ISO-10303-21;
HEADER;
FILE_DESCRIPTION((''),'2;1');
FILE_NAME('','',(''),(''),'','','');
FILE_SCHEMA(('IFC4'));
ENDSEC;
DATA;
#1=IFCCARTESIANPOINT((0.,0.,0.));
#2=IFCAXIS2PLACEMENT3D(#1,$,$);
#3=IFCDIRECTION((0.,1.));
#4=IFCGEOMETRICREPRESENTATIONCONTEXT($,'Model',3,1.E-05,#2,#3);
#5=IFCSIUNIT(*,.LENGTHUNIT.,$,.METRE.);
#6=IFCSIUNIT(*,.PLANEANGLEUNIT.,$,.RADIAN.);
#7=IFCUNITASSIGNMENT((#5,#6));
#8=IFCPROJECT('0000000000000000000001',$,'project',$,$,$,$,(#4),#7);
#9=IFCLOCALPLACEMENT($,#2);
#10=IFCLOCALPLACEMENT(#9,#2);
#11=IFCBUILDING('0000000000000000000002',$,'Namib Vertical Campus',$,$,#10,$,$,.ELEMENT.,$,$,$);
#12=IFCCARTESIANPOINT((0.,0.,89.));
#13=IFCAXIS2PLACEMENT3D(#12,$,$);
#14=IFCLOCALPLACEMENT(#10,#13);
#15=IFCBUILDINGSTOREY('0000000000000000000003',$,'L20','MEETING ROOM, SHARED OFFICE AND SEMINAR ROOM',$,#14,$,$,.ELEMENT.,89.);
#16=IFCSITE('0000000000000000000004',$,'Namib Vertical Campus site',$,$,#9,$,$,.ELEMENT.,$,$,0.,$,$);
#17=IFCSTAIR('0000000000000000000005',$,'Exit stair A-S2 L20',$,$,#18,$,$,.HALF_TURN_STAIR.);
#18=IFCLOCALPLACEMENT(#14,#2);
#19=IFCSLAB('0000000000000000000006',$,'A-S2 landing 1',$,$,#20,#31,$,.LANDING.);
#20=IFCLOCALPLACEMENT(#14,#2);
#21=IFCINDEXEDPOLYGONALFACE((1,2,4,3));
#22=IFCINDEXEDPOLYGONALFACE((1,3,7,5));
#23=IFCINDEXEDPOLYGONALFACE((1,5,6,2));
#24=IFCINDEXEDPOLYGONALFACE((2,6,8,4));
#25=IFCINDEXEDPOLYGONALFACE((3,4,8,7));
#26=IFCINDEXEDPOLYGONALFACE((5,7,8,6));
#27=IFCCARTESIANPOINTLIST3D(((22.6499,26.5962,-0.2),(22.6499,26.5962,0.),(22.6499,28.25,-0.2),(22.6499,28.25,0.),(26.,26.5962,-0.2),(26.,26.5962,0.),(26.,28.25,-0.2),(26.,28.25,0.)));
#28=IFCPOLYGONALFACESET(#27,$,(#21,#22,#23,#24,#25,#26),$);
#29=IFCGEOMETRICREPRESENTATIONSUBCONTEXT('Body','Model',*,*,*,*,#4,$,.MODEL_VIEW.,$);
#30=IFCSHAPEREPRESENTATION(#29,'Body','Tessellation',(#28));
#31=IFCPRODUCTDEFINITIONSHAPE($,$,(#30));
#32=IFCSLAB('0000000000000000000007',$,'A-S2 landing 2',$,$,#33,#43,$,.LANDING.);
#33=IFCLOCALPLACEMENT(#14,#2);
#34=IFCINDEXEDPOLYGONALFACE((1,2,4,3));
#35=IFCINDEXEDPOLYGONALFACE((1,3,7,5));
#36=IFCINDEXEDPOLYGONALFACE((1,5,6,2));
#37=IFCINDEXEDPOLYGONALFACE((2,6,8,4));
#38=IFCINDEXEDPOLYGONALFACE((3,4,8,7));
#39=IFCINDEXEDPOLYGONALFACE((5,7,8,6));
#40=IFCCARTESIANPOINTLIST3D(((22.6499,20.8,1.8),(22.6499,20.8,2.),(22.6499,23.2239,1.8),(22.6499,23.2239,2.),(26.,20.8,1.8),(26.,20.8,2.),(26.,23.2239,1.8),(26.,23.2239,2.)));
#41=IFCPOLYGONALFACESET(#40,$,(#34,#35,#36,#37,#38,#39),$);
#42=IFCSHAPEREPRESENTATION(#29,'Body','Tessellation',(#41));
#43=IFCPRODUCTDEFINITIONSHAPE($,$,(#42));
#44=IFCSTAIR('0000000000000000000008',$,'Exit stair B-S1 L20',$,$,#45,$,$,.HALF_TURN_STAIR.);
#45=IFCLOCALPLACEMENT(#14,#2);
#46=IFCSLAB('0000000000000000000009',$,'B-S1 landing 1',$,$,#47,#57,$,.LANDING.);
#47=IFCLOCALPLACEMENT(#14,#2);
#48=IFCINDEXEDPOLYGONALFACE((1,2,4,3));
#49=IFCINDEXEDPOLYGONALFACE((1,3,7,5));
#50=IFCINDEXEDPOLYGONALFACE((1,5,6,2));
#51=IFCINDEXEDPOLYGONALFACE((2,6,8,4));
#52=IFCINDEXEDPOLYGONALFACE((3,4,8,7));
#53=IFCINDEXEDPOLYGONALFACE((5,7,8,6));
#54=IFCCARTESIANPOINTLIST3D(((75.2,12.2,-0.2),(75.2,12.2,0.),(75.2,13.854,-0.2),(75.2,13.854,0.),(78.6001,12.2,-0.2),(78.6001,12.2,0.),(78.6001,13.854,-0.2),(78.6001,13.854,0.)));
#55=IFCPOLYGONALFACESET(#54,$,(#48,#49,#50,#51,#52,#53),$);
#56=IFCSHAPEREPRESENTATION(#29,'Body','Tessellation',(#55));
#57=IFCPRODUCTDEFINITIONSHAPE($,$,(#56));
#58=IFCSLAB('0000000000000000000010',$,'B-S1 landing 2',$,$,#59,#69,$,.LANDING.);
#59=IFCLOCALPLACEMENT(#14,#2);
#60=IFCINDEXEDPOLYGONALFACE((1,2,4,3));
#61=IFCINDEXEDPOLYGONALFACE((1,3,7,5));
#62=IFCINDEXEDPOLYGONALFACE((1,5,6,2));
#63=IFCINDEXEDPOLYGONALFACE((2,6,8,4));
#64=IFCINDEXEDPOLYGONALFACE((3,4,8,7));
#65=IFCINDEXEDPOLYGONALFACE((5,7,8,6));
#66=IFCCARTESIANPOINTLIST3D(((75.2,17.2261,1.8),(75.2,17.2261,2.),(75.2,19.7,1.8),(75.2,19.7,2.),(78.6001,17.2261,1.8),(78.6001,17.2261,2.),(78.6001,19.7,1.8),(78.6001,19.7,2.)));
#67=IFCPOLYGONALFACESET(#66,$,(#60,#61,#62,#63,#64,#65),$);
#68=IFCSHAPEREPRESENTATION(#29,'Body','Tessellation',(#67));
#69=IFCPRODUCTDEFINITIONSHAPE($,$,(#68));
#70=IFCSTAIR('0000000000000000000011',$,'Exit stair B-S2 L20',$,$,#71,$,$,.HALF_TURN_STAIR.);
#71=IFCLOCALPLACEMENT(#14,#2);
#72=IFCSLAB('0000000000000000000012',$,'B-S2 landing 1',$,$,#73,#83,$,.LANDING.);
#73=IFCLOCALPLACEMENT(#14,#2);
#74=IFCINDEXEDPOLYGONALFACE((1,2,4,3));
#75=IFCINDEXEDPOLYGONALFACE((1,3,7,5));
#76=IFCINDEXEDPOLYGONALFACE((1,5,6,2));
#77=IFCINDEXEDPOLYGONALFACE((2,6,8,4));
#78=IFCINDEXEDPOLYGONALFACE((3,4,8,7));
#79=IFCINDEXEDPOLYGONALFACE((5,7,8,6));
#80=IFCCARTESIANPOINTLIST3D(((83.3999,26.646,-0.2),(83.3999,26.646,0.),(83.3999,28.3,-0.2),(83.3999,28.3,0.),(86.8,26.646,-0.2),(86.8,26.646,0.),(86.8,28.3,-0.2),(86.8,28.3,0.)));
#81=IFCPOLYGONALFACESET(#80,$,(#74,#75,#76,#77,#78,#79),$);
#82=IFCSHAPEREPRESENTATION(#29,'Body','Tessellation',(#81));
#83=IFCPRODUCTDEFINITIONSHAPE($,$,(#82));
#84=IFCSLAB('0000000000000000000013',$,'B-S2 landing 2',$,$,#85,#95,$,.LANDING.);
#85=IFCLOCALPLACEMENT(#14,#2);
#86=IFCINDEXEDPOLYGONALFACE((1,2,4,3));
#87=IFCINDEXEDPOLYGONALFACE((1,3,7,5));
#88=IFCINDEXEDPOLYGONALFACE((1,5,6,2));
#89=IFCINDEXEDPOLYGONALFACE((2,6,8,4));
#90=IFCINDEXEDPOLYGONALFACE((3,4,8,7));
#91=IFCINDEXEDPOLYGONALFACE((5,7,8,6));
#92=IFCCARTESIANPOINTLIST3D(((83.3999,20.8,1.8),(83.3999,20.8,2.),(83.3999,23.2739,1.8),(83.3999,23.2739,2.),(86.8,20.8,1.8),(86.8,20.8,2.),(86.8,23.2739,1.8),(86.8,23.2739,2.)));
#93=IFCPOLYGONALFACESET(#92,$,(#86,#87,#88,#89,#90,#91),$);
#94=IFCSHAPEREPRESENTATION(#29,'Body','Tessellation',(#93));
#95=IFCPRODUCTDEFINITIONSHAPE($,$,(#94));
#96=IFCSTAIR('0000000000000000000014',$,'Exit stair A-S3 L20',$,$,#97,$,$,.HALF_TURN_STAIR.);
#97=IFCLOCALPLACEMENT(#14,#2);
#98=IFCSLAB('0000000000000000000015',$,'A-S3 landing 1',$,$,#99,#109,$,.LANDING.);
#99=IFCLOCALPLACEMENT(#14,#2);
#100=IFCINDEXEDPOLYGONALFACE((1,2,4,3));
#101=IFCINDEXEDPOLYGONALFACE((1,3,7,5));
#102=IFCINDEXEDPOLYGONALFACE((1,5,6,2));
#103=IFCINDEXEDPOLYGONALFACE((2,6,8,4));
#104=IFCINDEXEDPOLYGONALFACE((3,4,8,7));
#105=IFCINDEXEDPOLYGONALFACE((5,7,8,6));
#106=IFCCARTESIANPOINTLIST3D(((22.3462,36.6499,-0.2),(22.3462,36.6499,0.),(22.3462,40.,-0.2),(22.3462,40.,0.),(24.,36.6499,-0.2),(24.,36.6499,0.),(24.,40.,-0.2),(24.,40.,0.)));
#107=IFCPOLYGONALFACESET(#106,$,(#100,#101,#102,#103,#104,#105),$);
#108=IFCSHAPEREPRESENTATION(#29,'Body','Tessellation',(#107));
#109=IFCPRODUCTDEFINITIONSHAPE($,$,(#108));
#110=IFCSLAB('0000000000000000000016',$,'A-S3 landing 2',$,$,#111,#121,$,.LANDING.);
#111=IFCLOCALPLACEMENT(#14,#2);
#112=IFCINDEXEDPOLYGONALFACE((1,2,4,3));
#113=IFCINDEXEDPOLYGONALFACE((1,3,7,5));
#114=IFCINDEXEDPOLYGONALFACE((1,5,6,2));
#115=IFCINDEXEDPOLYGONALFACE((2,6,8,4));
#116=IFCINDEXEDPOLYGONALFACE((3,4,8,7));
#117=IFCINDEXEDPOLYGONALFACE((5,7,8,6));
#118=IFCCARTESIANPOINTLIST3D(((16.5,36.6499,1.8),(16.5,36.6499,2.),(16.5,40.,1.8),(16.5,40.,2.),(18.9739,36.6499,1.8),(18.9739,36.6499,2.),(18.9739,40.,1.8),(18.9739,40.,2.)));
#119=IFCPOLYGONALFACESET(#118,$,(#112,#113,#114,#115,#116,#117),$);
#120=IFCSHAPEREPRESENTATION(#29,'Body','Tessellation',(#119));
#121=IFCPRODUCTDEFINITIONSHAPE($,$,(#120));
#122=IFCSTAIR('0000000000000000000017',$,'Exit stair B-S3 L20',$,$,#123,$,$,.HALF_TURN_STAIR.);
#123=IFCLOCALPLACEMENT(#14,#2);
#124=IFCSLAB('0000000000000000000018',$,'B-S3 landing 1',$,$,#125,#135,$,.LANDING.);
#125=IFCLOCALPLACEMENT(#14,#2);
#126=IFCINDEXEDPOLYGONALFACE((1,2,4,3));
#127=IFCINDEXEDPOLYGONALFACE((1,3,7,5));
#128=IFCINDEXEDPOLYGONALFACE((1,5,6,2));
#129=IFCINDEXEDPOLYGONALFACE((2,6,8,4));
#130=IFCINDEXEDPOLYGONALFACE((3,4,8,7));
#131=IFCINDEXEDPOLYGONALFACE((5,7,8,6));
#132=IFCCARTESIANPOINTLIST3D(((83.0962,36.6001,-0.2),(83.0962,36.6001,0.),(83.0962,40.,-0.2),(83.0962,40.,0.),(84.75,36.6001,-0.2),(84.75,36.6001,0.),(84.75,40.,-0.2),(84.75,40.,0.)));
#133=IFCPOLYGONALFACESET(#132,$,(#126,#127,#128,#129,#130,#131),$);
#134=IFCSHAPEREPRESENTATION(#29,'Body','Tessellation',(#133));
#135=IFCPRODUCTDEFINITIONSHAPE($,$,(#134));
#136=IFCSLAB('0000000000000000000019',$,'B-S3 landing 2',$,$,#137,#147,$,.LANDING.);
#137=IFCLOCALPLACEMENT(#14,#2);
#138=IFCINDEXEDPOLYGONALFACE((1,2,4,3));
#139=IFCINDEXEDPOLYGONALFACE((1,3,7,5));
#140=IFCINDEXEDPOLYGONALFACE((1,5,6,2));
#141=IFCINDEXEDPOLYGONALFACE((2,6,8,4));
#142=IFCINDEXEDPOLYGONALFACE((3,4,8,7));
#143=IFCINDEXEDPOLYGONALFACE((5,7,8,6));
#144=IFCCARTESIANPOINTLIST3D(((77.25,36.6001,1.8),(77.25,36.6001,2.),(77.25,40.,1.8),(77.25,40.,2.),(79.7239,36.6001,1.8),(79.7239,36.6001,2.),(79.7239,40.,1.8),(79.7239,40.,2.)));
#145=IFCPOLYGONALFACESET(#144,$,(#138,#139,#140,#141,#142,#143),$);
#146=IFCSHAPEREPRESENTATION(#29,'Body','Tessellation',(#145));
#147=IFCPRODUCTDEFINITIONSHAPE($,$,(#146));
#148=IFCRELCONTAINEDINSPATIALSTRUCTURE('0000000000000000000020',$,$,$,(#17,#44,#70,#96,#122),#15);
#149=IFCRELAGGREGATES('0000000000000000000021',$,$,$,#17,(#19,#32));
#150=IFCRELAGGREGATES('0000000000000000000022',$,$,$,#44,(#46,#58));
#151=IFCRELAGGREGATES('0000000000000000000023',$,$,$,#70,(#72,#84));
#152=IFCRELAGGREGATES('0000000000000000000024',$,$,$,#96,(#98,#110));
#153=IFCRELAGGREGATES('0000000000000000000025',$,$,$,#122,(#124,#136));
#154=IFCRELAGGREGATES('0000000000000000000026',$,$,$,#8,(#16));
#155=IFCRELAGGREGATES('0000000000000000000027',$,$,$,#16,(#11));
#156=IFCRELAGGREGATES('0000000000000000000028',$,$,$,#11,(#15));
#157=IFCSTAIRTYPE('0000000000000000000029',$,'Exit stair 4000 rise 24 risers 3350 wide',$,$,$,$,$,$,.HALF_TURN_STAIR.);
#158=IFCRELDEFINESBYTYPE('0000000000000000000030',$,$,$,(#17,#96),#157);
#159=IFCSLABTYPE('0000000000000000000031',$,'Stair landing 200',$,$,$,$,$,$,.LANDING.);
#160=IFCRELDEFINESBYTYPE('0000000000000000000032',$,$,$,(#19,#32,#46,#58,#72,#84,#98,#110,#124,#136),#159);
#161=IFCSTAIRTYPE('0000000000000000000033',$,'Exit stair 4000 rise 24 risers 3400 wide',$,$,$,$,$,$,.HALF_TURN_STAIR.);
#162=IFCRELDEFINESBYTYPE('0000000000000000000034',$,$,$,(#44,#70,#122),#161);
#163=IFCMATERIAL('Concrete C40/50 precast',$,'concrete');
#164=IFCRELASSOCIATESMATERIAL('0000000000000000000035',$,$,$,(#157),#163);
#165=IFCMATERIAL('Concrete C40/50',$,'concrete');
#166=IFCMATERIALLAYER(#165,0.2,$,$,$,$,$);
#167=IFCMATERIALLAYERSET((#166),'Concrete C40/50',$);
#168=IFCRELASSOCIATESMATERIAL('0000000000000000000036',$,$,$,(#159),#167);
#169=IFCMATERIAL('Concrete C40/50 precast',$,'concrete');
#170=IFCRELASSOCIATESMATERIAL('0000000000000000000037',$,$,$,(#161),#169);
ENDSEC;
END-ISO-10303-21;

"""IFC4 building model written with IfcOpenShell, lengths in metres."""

from ifc_helpers import new_model, si_unit, direction, frame, origin, place, context, subcontext, project, spatial, polyline, outline, extrude, material, layer, layer_set, type_object, element, aggregate, save


model = new_model("IFC4")

# Units and contexts
model_context = context("Model", 3, precision=1e-05, world=origin(), true_north=direction((0.0, 1.0)))
body_context = subcontext(model_context, "Body", "Model", "MODEL_VIEW")
ifc_project = project(units=[si_unit("LENGTHUNIT", "METRE"), si_unit("PLANEANGLEUNIT", "RADIAN")], contexts=[model_context])

# Site, building, storey
site_placement = place(None, origin())
site = spatial("IfcSite", under=ifc_project, at=site_placement, Name="Namib Vertical Campus site", CompositionType="ELEMENT", RefElevation=0.0)
building_placement = place(site_placement, origin())
building = spatial("IfcBuilding", under=site, at=building_placement, Name="Namib Vertical Campus", CompositionType="ELEMENT")
storey_placement = place(building_placement, frame((0.0, 0.0, 89.0)))
storey = spatial("IfcBuildingStorey", under=building, at=storey_placement, Name="L20", Description="MEETING ROOM, SHARED OFFICE AND SEMINAR ROOM", CompositionType="ELEMENT", Elevation=89.0)

# Stairs, slabs
ifc_material_1 = material(Name="Concrete C40/50 precast", Category="concrete")
stair_type_1 = type_object("IfcStairType", Name="Exit stair 4000 rise 24 risers 3350 wide", PredefinedType="HALF_TURN_STAIR", material=ifc_material_1)
ifc_material_2 = material(Name="Concrete C40/50", Category="concrete")
ifc_layer_1 = layer(ifc_material_2, 0.2)
ifc_layer_set_1 = layer_set([ifc_layer_1], Name="Concrete C40/50")
slab_type_1 = type_object("IfcSlabType", Name="Stair landing 200", PredefinedType="LANDING", material=ifc_layer_set_1)
stair_1_placement = place(storey_placement, origin())
stair_1 = element("IfcStair", 1, at=stair_1_placement, inside=storey, type_object=stair_type_1, Name="Exit stair A-S2 L20", PredefinedType="HALF_TURN_STAIR")
slab_1_placement = place(storey_placement, frame((0.0, 0.0, -0.2)))
slab_1 = element("IfcSlab", 2, at=slab_1_placement, type_object=slab_type_1, Name="A-S2 landing 1", PredefinedType="LANDING", context=body_context, shape_type="SweptSolid", body=[
    extrude(outline(polyline([(22.6499, 26.5962), (26.0, 26.5962), (26.0, 28.25), (22.6499, 28.25), (22.6499, 26.5962)])), origin(), (0.0, 0.0, 1.0), 0.2),
])
slab_2_placement = place(storey_placement, frame((0.0, 0.0, 1.8)))
slab_2 = element("IfcSlab", 3, at=slab_2_placement, type_object=slab_type_1, Name="A-S2 landing 2", PredefinedType="LANDING", context=body_context, shape_type="SweptSolid", body=[
    extrude(outline(polyline([(22.6499, 20.8), (26.0, 20.8), (26.0, 23.2239), (22.6499, 23.2239), (22.6499, 20.8)])), origin(), (0.0, 0.0, 1.0), 0.2),
])
aggregate(stair_1, [slab_1, slab_2])
ifc_material_3 = material(Name="Concrete C40/50 precast", Category="concrete")
stair_type_2 = type_object("IfcStairType", Name="Exit stair 4000 rise 24 risers 3400 wide", PredefinedType="HALF_TURN_STAIR", material=ifc_material_3)
stair_2_placement = place(storey_placement, origin())
stair_2 = element("IfcStair", 4, at=stair_2_placement, inside=storey, type_object=stair_type_2, Name="Exit stair B-S1 L20", PredefinedType="HALF_TURN_STAIR")
slab_3_placement = place(storey_placement, frame((0.0, 0.0, -0.2)))
slab_3 = element("IfcSlab", 5, at=slab_3_placement, type_object=slab_type_1, Name="B-S1 landing 1", PredefinedType="LANDING", context=body_context, shape_type="SweptSolid", body=[
    extrude(outline(polyline([(75.2, 12.2), (78.6001, 12.2), (78.6001, 13.854), (75.2, 13.854), (75.2, 12.2)])), origin(), (0.0, 0.0, 1.0), 0.2),
])
slab_4_placement = place(storey_placement, frame((0.0, 0.0, 1.8)))
slab_4 = element("IfcSlab", 6, at=slab_4_placement, type_object=slab_type_1, Name="B-S1 landing 2", PredefinedType="LANDING", context=body_context, shape_type="SweptSolid", body=[
    extrude(outline(polyline([(75.2, 17.2261), (78.6001, 17.2261), (78.6001, 19.7), (75.2, 19.7), (75.2, 17.2261)])), origin(), (0.0, 0.0, 1.0), 0.2),
])
aggregate(stair_2, [slab_3, slab_4])
stair_3_placement = place(storey_placement, origin())
stair_3 = element("IfcStair", 7, at=stair_3_placement, inside=storey, type_object=stair_type_2, Name="Exit stair B-S2 L20", PredefinedType="HALF_TURN_STAIR")
slab_5_placement = place(storey_placement, frame((0.0, 0.0, -0.2)))
slab_5 = element("IfcSlab", 8, at=slab_5_placement, type_object=slab_type_1, Name="B-S2 landing 1", PredefinedType="LANDING", context=body_context, shape_type="SweptSolid", body=[
    extrude(outline(polyline([(83.3999, 26.646), (86.8, 26.646), (86.8, 28.3), (83.3999, 28.3), (83.3999, 26.646)])), origin(), (0.0, 0.0, 1.0), 0.2),
])
slab_6_placement = place(storey_placement, frame((0.0, 0.0, 1.8)))
slab_6 = element("IfcSlab", 9, at=slab_6_placement, type_object=slab_type_1, Name="B-S2 landing 2", PredefinedType="LANDING", context=body_context, shape_type="SweptSolid", body=[
    extrude(outline(polyline([(83.3999, 20.8), (86.8, 20.8), (86.8, 23.2739), (83.3999, 23.2739), (83.3999, 20.8)])), origin(), (0.0, 0.0, 1.0), 0.2),
])
aggregate(stair_3, [slab_5, slab_6])
stair_4_placement = place(storey_placement, origin())
stair_4 = element("IfcStair", 10, at=stair_4_placement, inside=storey, type_object=stair_type_1, Name="Exit stair A-S3 L20", PredefinedType="HALF_TURN_STAIR")
slab_7_placement = place(storey_placement, frame((0.0, 0.0, -0.2)))
slab_7 = element("IfcSlab", 11, at=slab_7_placement, type_object=slab_type_1, Name="A-S3 landing 1", PredefinedType="LANDING", context=body_context, shape_type="SweptSolid", body=[
    extrude(outline(polyline([(22.3462, 36.6499), (22.3462, 40.0), (24.0, 40.0), (24.0, 36.6499), (22.3462, 36.6499)])), origin(), (0.0, 0.0, 1.0), 0.2),
])
slab_8_placement = place(storey_placement, frame((0.0, 0.0, 1.8)))
slab_8 = element("IfcSlab", 12, at=slab_8_placement, type_object=slab_type_1, Name="A-S3 landing 2", PredefinedType="LANDING", context=body_context, shape_type="SweptSolid", body=[
    extrude(outline(polyline([(16.5, 36.6499), (16.5, 40.0), (18.9739, 40.0), (18.9739, 36.6499), (16.5, 36.6499)])), origin(), (0.0, 0.0, 1.0), 0.2),
])
aggregate(stair_4, [slab_7, slab_8])
stair_5_placement = place(storey_placement, origin())
stair_5 = element("IfcStair", 13, at=stair_5_placement, inside=storey, type_object=stair_type_2, Name="Exit stair B-S3 L20", PredefinedType="HALF_TURN_STAIR")
slab_9_placement = place(storey_placement, frame((0.0, 0.0, -0.2)))
slab_9 = element("IfcSlab", 14, at=slab_9_placement, type_object=slab_type_1, Name="B-S3 landing 1", PredefinedType="LANDING", context=body_context, shape_type="SweptSolid", body=[
    extrude(outline(polyline([(83.0962, 36.6001), (83.0962, 40.0), (84.75, 40.0), (84.75, 36.6001), (83.0962, 36.6001)])), origin(), (0.0, 0.0, 1.0), 0.2),
])
slab_10_placement = place(storey_placement, frame((0.0, 0.0, 1.8)))
slab_10 = element("IfcSlab", 15, at=slab_10_placement, type_object=slab_type_1, Name="B-S3 landing 2", PredefinedType="LANDING", context=body_context, shape_type="SweptSolid", body=[
    extrude(outline(polyline([(77.25, 36.6001), (77.25, 40.0), (79.7239, 40.0), (79.7239, 36.6001), (77.25, 36.6001)])), origin(), (0.0, 0.0, 1.0), 0.2),
])
aggregate(stair_5, [slab_9, slab_10])

save(model, "model.ifc")
